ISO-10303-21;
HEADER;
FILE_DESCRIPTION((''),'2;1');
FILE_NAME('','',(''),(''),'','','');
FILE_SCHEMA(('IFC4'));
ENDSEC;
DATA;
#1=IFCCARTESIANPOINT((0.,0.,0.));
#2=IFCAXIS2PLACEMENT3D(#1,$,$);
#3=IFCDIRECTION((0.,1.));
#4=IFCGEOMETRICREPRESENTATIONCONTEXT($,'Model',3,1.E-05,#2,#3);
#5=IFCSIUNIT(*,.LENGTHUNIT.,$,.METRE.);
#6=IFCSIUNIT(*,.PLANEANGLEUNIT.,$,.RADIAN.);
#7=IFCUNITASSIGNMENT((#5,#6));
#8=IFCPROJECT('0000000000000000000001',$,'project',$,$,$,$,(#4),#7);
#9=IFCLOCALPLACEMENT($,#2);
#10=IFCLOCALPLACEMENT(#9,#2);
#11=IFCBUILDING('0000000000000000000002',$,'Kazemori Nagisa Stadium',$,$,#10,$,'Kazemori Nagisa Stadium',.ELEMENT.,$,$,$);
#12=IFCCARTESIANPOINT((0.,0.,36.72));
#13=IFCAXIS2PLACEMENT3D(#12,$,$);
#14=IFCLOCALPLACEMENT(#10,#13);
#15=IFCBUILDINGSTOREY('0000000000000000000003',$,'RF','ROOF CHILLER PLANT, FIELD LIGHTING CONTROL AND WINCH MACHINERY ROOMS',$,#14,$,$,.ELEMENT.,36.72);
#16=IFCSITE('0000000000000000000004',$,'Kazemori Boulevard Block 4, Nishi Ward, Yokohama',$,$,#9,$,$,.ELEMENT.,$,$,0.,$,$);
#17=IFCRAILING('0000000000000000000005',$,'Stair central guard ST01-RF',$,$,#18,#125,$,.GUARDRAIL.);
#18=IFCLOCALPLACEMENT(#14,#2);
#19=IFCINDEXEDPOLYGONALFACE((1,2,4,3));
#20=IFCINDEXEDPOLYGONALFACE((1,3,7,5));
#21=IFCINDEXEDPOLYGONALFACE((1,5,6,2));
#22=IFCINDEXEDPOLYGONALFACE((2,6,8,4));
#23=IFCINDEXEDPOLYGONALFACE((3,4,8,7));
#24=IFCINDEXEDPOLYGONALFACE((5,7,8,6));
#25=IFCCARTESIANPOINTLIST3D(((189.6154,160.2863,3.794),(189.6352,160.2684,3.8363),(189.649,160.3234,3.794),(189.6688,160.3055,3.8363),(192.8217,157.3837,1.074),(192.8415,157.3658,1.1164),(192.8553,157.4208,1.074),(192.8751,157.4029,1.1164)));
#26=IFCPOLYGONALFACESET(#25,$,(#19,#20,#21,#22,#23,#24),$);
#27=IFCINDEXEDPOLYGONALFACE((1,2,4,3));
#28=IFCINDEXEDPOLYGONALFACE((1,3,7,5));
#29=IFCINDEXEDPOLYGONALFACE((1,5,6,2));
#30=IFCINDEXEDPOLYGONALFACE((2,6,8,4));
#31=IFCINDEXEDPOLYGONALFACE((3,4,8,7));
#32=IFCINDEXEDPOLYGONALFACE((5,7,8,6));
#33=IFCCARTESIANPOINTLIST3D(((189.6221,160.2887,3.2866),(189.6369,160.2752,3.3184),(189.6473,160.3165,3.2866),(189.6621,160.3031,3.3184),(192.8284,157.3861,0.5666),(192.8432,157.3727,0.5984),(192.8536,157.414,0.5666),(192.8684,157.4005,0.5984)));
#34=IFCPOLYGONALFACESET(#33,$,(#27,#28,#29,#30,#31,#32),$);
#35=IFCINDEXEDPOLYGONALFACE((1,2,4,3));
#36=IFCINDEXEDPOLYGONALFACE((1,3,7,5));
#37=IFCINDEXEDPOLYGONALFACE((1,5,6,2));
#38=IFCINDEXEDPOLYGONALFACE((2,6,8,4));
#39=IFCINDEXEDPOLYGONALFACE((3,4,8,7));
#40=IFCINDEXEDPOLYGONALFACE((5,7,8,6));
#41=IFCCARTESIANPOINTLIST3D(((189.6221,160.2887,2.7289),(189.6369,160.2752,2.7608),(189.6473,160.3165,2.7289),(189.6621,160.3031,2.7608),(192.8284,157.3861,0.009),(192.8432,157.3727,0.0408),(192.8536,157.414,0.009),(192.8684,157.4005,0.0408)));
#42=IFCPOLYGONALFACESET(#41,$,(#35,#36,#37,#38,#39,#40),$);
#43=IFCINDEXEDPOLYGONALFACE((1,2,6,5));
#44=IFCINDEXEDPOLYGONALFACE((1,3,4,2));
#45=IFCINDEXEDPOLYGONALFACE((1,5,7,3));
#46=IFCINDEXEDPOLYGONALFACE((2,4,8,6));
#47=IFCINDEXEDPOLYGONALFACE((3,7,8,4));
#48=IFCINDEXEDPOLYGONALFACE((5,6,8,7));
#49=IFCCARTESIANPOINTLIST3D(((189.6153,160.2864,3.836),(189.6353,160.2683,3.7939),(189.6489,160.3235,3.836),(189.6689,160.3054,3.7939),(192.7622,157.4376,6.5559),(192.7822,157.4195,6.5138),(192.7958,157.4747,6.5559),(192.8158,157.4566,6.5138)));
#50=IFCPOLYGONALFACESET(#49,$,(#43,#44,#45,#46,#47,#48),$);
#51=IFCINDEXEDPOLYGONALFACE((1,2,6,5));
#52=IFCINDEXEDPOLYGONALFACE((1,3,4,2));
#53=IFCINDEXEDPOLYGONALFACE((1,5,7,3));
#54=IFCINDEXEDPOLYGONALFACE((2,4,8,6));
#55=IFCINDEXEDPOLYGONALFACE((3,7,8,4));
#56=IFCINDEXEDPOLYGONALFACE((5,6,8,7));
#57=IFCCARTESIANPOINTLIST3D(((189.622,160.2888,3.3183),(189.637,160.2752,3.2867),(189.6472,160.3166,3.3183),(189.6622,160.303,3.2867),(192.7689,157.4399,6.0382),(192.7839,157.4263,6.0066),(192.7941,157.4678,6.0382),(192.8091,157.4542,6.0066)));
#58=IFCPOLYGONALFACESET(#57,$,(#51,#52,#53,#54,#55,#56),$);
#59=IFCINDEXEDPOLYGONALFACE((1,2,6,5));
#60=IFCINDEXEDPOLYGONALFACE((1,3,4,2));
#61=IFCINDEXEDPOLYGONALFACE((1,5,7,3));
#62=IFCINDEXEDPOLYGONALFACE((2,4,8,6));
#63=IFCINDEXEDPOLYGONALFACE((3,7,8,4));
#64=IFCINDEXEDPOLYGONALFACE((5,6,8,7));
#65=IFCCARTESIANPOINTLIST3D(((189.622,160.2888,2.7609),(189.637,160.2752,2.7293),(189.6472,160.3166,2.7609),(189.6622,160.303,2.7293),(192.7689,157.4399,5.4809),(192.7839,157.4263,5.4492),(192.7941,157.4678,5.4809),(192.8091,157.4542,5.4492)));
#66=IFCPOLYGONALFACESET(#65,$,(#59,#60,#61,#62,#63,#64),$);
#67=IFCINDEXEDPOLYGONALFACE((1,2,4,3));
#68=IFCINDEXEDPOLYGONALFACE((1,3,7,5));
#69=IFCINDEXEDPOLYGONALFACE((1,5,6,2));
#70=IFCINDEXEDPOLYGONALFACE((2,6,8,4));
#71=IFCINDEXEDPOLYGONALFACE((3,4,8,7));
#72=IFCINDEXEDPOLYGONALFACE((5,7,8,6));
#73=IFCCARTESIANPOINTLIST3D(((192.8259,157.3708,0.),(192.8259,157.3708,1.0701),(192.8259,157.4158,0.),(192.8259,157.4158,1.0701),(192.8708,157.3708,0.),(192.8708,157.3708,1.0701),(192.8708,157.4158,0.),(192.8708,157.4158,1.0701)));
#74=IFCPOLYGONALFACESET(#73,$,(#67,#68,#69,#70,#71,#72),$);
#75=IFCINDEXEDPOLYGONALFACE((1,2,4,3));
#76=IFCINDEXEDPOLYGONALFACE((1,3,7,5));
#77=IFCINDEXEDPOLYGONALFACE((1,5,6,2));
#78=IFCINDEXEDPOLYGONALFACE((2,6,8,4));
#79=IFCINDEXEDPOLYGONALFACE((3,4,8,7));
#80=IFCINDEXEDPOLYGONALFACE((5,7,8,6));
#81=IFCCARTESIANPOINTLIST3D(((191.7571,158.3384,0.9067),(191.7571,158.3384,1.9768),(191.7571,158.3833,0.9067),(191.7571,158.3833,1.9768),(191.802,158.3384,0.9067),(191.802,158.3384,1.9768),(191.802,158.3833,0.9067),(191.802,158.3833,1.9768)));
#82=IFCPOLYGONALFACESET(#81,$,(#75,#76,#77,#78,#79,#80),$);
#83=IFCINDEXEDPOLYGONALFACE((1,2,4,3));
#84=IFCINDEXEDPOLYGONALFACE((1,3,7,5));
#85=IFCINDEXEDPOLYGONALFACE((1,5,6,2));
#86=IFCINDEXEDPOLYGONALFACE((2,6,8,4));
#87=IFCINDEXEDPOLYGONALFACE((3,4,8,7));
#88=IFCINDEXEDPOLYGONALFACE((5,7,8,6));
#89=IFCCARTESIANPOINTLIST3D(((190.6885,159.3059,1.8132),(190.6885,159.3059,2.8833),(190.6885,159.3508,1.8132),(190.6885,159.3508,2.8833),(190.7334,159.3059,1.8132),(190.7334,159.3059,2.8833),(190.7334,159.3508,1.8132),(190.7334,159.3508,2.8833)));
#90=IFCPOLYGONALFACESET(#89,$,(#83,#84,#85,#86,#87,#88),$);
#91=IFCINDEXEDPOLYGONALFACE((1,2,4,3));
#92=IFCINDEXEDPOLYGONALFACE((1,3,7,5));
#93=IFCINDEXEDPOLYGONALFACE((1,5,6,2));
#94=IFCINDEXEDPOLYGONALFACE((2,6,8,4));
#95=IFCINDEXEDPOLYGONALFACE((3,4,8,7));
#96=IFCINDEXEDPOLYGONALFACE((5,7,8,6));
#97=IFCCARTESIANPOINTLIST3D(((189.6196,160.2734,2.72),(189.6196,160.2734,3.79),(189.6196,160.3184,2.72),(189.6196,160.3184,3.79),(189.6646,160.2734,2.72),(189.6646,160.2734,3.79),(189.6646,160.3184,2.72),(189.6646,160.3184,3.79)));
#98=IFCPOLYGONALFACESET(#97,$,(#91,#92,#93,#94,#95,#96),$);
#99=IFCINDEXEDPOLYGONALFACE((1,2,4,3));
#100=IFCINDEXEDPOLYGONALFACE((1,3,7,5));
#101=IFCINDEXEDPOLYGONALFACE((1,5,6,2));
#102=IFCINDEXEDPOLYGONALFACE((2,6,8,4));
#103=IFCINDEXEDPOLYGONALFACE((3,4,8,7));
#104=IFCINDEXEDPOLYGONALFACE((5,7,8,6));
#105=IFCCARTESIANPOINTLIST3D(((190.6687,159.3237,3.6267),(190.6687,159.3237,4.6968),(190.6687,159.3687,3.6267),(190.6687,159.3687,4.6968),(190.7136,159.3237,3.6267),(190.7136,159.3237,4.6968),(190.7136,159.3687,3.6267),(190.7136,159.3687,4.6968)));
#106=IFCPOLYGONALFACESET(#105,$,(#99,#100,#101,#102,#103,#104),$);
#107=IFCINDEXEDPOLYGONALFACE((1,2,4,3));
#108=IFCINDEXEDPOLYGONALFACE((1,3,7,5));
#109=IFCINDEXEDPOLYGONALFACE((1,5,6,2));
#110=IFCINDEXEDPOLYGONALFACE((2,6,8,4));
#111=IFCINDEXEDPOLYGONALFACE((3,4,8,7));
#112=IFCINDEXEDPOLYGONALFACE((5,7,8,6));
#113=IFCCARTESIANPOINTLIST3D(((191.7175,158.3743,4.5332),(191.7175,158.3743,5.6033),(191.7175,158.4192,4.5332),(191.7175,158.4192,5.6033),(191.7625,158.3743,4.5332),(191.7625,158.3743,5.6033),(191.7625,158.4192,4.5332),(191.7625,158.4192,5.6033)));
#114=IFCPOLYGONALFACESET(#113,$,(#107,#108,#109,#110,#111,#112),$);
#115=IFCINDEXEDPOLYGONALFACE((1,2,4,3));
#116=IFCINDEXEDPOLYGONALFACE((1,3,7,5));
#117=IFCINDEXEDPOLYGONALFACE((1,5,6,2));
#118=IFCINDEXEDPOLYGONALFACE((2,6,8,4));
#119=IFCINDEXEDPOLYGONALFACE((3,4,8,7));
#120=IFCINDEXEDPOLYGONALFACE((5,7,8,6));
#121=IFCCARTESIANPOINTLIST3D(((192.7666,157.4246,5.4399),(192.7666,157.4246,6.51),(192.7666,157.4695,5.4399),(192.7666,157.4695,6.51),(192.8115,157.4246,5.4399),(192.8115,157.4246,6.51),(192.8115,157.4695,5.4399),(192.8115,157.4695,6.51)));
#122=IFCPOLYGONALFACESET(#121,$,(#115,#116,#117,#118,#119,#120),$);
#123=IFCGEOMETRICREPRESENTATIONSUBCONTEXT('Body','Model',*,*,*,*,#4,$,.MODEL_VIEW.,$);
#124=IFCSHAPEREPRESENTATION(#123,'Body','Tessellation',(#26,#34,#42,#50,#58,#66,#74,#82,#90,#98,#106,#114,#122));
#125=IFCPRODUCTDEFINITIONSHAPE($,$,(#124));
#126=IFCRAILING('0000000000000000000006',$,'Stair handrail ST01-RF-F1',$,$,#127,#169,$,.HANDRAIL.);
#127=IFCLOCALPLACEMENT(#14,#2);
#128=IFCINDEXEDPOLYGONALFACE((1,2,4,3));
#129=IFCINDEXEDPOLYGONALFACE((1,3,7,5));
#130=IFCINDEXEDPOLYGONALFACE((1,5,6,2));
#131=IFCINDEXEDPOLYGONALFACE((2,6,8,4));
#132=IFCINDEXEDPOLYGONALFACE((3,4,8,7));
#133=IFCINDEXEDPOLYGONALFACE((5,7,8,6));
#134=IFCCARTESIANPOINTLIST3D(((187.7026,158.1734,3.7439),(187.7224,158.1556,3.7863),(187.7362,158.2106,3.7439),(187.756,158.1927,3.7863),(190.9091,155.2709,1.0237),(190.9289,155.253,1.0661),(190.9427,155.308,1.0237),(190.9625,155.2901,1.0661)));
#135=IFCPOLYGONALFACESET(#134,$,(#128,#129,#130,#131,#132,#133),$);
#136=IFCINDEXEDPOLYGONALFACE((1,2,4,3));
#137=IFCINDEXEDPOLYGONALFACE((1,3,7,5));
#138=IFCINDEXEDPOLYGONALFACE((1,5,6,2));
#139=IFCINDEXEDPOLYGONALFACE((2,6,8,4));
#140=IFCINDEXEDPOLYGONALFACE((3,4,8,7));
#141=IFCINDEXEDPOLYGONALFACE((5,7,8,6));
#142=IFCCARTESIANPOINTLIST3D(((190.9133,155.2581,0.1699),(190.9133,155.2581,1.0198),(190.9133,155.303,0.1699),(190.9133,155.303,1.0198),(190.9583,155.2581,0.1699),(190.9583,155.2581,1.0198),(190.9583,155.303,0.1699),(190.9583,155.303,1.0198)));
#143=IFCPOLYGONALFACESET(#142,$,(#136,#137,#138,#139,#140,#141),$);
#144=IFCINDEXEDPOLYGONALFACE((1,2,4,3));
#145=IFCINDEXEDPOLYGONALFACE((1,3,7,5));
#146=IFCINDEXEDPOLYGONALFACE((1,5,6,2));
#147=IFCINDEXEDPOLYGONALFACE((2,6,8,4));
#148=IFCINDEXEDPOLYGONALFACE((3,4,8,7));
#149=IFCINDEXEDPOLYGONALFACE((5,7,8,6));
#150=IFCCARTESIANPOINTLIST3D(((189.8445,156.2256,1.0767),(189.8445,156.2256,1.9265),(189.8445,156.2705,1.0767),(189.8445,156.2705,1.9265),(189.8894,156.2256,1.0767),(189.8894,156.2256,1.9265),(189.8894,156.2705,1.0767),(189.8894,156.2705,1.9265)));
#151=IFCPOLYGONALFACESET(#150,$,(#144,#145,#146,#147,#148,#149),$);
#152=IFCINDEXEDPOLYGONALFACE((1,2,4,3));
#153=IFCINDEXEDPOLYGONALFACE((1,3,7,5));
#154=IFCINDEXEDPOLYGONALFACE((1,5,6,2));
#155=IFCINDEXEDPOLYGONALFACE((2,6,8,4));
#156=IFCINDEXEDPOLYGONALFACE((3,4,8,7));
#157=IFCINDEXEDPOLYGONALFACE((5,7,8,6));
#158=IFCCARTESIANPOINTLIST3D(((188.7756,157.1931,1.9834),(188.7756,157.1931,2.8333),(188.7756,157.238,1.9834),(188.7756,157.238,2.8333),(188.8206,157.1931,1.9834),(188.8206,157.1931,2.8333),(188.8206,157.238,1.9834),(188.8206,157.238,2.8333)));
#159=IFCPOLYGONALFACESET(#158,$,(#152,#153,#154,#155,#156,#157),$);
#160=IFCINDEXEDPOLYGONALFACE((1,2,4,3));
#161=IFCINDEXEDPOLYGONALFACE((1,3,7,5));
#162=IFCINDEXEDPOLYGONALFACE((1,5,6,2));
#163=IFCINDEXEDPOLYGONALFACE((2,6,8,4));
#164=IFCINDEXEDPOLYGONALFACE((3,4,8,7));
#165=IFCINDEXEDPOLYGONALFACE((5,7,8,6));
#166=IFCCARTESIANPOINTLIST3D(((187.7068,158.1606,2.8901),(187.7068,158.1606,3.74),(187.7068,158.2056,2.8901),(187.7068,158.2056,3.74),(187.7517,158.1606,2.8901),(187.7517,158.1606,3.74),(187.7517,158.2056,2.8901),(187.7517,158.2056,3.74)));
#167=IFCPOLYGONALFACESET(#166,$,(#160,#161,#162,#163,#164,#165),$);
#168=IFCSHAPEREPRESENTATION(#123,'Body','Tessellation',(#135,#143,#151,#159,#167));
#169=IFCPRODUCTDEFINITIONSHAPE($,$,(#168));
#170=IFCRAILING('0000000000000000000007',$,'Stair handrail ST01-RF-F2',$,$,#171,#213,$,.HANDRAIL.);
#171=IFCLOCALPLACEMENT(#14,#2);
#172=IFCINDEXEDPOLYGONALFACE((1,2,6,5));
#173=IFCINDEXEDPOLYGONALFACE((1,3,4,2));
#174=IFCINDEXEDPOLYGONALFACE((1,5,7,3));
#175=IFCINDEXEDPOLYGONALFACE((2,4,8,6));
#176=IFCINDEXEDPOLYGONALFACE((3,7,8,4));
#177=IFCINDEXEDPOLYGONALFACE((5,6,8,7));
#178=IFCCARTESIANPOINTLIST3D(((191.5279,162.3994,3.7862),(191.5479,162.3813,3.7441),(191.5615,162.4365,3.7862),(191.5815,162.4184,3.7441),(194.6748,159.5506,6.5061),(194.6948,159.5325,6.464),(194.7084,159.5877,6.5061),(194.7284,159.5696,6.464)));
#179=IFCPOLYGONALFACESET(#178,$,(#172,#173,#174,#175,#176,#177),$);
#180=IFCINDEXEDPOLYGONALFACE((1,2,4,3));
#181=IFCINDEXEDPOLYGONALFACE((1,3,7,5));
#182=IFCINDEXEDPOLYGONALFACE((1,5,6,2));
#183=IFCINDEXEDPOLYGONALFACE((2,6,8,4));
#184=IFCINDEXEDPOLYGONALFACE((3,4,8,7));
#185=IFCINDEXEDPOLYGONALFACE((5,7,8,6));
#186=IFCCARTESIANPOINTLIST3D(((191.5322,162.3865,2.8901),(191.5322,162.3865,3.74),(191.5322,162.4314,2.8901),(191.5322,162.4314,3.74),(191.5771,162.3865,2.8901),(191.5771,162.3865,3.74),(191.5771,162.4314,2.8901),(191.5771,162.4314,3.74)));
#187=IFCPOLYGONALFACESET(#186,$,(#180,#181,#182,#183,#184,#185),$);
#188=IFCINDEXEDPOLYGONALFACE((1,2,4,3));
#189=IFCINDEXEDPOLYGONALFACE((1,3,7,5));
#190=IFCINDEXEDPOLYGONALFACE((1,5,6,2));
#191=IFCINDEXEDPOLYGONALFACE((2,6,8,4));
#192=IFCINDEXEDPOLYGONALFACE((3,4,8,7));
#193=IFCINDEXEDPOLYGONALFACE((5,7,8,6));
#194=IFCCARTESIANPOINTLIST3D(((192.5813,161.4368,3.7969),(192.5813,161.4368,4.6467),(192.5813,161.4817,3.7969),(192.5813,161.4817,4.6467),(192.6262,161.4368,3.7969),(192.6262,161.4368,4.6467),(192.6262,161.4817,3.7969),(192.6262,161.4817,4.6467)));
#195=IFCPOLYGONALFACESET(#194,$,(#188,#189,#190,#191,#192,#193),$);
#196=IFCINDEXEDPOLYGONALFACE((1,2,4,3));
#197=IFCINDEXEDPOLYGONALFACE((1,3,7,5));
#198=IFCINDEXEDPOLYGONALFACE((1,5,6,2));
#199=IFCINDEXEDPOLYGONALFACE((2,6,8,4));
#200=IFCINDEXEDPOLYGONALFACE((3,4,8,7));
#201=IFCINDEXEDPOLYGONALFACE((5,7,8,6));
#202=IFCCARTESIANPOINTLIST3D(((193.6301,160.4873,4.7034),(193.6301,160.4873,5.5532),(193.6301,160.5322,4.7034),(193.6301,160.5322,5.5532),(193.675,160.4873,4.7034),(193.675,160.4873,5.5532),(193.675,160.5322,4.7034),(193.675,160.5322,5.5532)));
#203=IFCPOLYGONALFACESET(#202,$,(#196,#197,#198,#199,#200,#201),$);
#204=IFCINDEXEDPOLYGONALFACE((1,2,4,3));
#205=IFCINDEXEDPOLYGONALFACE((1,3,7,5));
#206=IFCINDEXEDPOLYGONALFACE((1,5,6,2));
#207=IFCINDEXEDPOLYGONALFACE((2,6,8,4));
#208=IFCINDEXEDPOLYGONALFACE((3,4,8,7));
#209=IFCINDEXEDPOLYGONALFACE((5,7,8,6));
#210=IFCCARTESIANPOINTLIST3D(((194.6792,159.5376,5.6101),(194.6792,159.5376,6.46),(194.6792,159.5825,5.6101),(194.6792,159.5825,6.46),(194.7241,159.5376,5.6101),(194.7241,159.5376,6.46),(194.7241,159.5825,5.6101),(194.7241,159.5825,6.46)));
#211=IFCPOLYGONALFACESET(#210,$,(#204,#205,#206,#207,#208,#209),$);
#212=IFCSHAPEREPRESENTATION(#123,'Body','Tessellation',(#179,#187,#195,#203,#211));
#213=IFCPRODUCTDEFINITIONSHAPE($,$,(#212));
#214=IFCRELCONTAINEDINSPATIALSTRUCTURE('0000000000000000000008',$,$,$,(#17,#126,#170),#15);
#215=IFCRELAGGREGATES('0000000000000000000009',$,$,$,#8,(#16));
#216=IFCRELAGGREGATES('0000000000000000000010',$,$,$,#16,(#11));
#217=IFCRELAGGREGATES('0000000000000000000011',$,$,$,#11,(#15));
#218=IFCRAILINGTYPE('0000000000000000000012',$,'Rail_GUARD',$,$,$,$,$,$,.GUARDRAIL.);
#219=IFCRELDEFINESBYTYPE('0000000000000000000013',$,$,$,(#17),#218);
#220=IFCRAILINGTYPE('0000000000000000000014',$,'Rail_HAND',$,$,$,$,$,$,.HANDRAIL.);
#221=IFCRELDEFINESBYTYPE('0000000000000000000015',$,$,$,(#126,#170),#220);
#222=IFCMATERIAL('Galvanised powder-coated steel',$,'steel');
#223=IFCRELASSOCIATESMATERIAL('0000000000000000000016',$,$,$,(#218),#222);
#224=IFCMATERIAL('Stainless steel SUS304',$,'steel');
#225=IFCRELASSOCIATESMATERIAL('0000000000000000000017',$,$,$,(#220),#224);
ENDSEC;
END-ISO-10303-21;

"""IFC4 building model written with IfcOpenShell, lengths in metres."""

from ifc_helpers import new_model, si_unit, direction, frame, origin, origin_2d, place, context, subcontext, project, spatial, rectangle, extrude, material, type_object, element, save


model = new_model("IFC4")

# Units and contexts
model_context = context("Model", 3, precision=1e-05, world=origin(), true_north=direction((0.0, 1.0)))
body_context = subcontext(model_context, "Body", "Model", "MODEL_VIEW")
ifc_project = project(units=[si_unit("LENGTHUNIT", "METRE"), si_unit("PLANEANGLEUNIT", "RADIAN")], contexts=[model_context])

# Site, building, storey
site_placement = place(None, origin())
site = spatial("IfcSite", under=ifc_project, at=site_placement, Name="Kazemori Boulevard Block 4, Nishi Ward, Yokohama", CompositionType="ELEMENT", RefElevation=0.0)
building_placement = place(site_placement, origin())
building = spatial("IfcBuilding", under=site, at=building_placement, Name="Kazemori Nagisa Stadium", LongName="Kazemori Nagisa Stadium", CompositionType="ELEMENT")
storey_placement = place(building_placement, frame((0.0, 0.0, 36.72)))
storey = spatial("IfcBuildingStorey", under=building, at=storey_placement, Name="RF", Description="ROOF CHILLER PLANT, FIELD LIGHTING CONTROL AND WINCH MACHINERY ROOMS", CompositionType="ELEMENT", Elevation=36.72)

# Railings
ifc_material_1 = material(Name="Galvanised powder-coated steel", Category="steel")
railing_type_1 = type_object("IfcRailingType", Name="Rail_GUARD", PredefinedType="GUARDRAIL", material=ifc_material_1)
railing_1_placement = place(storey_placement, frame((192.8484, 157.3933, 0.0)))
element("IfcRailing", 1, at=railing_1_placement, inside=storey, type_object=railing_type_1, Name="Stair central guard ST01-RF", PredefinedType="GUARDRAIL", context=body_context, shape_type="SweptSolid", body=[
    extrude(rectangle(XDim=0.05, YDim=0.05, at=origin_2d()), frame((0.0, 0.0, 1.0952), z_axis=(-0.627558, 0.568113, 0.53237), x_axis=(-0.671123, -0.741346, 0.0)), (0.0, 0.0, 1.0), 5.1091),
    extrude(rectangle(XDim=0.0376, YDim=0.0376, at=origin_2d()), frame((0.0, 0.0, 0.5825), z_axis=(-0.627558, 0.568113, 0.53237), x_axis=(-0.671123, -0.741346, 0.0)), (0.0, 0.0, 1.0), 5.1091),
    extrude(rectangle(XDim=0.0376, YDim=0.0376, at=origin_2d()), frame((0.0, 0.0, 0.0249), z_axis=(-0.627558, 0.568113, 0.53237), x_axis=(-0.671123, -0.741346, 0.0)), (0.0, 0.0, 1.0), 5.1091),
    extrude(rectangle(XDim=0.05, YDim=0.05, at=origin_2d()), frame((-3.2063, 2.9026, 3.8149), z_axis=(0.624201, -0.565073, 0.539505), x_axis=(0.671123, 0.741346, 0.0)), (0.0, 0.0, 1.0), 5.0415),
    extrude(rectangle(XDim=0.0376, YDim=0.0376, at=origin_2d()), frame((-3.2063, 2.9026, 3.3025), z_axis=(0.624201, -0.565073, 0.539505), x_axis=(0.671123, 0.741346, 0.0)), (0.0, 0.0, 1.0), 5.0415),
    extrude(rectangle(XDim=0.0376, YDim=0.0376, at=origin_2d()), frame((-3.2063, 2.9026, 2.7451), z_axis=(0.624201, -0.565073, 0.539505), x_axis=(0.671123, 0.741346, 0.0)), (0.0, 0.0, 1.0), 5.0415),
    extrude(rectangle(XDim=0.0449, YDim=0.0449, at=origin_2d()), origin(), (0.0, 0.0, 1.0), 1.0701),
    extrude(rectangle(XDim=0.0449, YDim=0.0449, at=origin_2d()), frame((-1.0688, 0.9675, 0.9067)), (0.0, 0.0, 1.0), 1.0701),
    extrude(rectangle(XDim=0.0449, YDim=0.0449, at=origin_2d()), frame((-2.1375, 1.9351, 1.8132)), (0.0, 0.0, 1.0), 1.0701),
    extrude(rectangle(XDim=0.0449, YDim=0.0449, at=origin_2d()), frame((-3.2063, 2.9026, 2.72)), (0.0, 0.0, 1.0), 1.0701),
    extrude(rectangle(XDim=0.0449, YDim=0.0449, at=origin_2d()), frame((-2.1572, 1.9529, 3.6267)), (0.0, 0.0, 1.0), 1.0701),
    extrude(rectangle(XDim=0.0449, YDim=0.0449, at=origin_2d()), frame((-1.1084, 1.0034, 4.5332)), (0.0, 0.0, 1.0), 1.0701),
    extrude(rectangle(XDim=0.0449, YDim=0.0449, at=origin_2d()), frame((-0.0593, 0.0537, 5.4399)), (0.0, 0.0, 1.0), 1.0701),
])
ifc_material_2 = material(Name="Stainless steel SUS304", Category="steel")
railing_type_2 = type_object("IfcRailingType", Name="Rail_HAND", PredefinedType="HANDRAIL", material=ifc_material_2)
railing_2_placement = place(storey_placement, frame((190.9358, 155.2805, 0.1699)))
element("IfcRailing", 2, at=railing_2_placement, inside=storey, type_object=railing_type_2, Name="Stair handrail ST01-RF-F1", PredefinedType="HANDRAIL", context=body_context, shape_type="SweptSolid", body=[
    extrude(rectangle(XDim=0.05, YDim=0.05, at=origin_2d()), frame((0.0, 0.0, 0.875), z_axis=(-0.627571, 0.568082, 0.532389), x_axis=(-0.671095, -0.741371, 0.0)), (0.0, 0.0, 1.0), 5.1094),
    extrude(rectangle(XDim=0.0449, YDim=0.0449, at=origin_2d()), origin(), (0.0, 0.0, 1.0), 0.8499),
    extrude(rectangle(XDim=0.0449, YDim=0.0449, at=origin_2d()), frame((-1.0688, 0.9675, 0.9067)), (0.0, 0.0, 1.0), 0.8499),
    extrude(rectangle(XDim=0.0449, YDim=0.0449, at=origin_2d()), frame((-2.1377, 1.9351, 1.8135)), (0.0, 0.0, 1.0), 0.8499),
    extrude(rectangle(XDim=0.0449, YDim=0.0449, at=origin_2d()), frame((-3.2065, 2.9026, 2.7202)), (0.0, 0.0, 1.0), 0.8499),
])
railing_3_placement = place(storey_placement, frame((191.5547, 162.4089, 2.8901)))
element("IfcRailing", 3, at=railing_3_placement, inside=storey, type_object=railing_type_2, Name="Stair handrail ST01-RF-F2", PredefinedType="HANDRAIL", context=body_context, shape_type="SweptSolid", body=[
    extrude(rectangle(XDim=0.05, YDim=0.05, at=origin_2d()), frame((0.0, 0.0, 0.875), z_axis=(0.624201, -0.565073, 0.539505), x_axis=(0.671123, 0.741346, 0.0)), (0.0, 0.0, 1.0), 5.0415),
    extrude(rectangle(XDim=0.0449, YDim=0.0449, at=origin_2d()), origin(), (0.0, 0.0, 1.0), 0.8499),
    extrude(rectangle(XDim=0.0449, YDim=0.0449, at=origin_2d()), frame((1.0491, -0.9497, 0.9067)), (0.0, 0.0, 1.0), 0.8499),
    extrude(rectangle(XDim=0.0449, YDim=0.0449, at=origin_2d()), frame((2.0979, -1.8992, 1.8132)), (0.0, 0.0, 1.0), 0.8499),
    extrude(rectangle(XDim=0.0449, YDim=0.0449, at=origin_2d()), frame((3.147, -2.8489, 2.72)), (0.0, 0.0, 1.0), 0.8499),
])

save(model, "model.ifc")
